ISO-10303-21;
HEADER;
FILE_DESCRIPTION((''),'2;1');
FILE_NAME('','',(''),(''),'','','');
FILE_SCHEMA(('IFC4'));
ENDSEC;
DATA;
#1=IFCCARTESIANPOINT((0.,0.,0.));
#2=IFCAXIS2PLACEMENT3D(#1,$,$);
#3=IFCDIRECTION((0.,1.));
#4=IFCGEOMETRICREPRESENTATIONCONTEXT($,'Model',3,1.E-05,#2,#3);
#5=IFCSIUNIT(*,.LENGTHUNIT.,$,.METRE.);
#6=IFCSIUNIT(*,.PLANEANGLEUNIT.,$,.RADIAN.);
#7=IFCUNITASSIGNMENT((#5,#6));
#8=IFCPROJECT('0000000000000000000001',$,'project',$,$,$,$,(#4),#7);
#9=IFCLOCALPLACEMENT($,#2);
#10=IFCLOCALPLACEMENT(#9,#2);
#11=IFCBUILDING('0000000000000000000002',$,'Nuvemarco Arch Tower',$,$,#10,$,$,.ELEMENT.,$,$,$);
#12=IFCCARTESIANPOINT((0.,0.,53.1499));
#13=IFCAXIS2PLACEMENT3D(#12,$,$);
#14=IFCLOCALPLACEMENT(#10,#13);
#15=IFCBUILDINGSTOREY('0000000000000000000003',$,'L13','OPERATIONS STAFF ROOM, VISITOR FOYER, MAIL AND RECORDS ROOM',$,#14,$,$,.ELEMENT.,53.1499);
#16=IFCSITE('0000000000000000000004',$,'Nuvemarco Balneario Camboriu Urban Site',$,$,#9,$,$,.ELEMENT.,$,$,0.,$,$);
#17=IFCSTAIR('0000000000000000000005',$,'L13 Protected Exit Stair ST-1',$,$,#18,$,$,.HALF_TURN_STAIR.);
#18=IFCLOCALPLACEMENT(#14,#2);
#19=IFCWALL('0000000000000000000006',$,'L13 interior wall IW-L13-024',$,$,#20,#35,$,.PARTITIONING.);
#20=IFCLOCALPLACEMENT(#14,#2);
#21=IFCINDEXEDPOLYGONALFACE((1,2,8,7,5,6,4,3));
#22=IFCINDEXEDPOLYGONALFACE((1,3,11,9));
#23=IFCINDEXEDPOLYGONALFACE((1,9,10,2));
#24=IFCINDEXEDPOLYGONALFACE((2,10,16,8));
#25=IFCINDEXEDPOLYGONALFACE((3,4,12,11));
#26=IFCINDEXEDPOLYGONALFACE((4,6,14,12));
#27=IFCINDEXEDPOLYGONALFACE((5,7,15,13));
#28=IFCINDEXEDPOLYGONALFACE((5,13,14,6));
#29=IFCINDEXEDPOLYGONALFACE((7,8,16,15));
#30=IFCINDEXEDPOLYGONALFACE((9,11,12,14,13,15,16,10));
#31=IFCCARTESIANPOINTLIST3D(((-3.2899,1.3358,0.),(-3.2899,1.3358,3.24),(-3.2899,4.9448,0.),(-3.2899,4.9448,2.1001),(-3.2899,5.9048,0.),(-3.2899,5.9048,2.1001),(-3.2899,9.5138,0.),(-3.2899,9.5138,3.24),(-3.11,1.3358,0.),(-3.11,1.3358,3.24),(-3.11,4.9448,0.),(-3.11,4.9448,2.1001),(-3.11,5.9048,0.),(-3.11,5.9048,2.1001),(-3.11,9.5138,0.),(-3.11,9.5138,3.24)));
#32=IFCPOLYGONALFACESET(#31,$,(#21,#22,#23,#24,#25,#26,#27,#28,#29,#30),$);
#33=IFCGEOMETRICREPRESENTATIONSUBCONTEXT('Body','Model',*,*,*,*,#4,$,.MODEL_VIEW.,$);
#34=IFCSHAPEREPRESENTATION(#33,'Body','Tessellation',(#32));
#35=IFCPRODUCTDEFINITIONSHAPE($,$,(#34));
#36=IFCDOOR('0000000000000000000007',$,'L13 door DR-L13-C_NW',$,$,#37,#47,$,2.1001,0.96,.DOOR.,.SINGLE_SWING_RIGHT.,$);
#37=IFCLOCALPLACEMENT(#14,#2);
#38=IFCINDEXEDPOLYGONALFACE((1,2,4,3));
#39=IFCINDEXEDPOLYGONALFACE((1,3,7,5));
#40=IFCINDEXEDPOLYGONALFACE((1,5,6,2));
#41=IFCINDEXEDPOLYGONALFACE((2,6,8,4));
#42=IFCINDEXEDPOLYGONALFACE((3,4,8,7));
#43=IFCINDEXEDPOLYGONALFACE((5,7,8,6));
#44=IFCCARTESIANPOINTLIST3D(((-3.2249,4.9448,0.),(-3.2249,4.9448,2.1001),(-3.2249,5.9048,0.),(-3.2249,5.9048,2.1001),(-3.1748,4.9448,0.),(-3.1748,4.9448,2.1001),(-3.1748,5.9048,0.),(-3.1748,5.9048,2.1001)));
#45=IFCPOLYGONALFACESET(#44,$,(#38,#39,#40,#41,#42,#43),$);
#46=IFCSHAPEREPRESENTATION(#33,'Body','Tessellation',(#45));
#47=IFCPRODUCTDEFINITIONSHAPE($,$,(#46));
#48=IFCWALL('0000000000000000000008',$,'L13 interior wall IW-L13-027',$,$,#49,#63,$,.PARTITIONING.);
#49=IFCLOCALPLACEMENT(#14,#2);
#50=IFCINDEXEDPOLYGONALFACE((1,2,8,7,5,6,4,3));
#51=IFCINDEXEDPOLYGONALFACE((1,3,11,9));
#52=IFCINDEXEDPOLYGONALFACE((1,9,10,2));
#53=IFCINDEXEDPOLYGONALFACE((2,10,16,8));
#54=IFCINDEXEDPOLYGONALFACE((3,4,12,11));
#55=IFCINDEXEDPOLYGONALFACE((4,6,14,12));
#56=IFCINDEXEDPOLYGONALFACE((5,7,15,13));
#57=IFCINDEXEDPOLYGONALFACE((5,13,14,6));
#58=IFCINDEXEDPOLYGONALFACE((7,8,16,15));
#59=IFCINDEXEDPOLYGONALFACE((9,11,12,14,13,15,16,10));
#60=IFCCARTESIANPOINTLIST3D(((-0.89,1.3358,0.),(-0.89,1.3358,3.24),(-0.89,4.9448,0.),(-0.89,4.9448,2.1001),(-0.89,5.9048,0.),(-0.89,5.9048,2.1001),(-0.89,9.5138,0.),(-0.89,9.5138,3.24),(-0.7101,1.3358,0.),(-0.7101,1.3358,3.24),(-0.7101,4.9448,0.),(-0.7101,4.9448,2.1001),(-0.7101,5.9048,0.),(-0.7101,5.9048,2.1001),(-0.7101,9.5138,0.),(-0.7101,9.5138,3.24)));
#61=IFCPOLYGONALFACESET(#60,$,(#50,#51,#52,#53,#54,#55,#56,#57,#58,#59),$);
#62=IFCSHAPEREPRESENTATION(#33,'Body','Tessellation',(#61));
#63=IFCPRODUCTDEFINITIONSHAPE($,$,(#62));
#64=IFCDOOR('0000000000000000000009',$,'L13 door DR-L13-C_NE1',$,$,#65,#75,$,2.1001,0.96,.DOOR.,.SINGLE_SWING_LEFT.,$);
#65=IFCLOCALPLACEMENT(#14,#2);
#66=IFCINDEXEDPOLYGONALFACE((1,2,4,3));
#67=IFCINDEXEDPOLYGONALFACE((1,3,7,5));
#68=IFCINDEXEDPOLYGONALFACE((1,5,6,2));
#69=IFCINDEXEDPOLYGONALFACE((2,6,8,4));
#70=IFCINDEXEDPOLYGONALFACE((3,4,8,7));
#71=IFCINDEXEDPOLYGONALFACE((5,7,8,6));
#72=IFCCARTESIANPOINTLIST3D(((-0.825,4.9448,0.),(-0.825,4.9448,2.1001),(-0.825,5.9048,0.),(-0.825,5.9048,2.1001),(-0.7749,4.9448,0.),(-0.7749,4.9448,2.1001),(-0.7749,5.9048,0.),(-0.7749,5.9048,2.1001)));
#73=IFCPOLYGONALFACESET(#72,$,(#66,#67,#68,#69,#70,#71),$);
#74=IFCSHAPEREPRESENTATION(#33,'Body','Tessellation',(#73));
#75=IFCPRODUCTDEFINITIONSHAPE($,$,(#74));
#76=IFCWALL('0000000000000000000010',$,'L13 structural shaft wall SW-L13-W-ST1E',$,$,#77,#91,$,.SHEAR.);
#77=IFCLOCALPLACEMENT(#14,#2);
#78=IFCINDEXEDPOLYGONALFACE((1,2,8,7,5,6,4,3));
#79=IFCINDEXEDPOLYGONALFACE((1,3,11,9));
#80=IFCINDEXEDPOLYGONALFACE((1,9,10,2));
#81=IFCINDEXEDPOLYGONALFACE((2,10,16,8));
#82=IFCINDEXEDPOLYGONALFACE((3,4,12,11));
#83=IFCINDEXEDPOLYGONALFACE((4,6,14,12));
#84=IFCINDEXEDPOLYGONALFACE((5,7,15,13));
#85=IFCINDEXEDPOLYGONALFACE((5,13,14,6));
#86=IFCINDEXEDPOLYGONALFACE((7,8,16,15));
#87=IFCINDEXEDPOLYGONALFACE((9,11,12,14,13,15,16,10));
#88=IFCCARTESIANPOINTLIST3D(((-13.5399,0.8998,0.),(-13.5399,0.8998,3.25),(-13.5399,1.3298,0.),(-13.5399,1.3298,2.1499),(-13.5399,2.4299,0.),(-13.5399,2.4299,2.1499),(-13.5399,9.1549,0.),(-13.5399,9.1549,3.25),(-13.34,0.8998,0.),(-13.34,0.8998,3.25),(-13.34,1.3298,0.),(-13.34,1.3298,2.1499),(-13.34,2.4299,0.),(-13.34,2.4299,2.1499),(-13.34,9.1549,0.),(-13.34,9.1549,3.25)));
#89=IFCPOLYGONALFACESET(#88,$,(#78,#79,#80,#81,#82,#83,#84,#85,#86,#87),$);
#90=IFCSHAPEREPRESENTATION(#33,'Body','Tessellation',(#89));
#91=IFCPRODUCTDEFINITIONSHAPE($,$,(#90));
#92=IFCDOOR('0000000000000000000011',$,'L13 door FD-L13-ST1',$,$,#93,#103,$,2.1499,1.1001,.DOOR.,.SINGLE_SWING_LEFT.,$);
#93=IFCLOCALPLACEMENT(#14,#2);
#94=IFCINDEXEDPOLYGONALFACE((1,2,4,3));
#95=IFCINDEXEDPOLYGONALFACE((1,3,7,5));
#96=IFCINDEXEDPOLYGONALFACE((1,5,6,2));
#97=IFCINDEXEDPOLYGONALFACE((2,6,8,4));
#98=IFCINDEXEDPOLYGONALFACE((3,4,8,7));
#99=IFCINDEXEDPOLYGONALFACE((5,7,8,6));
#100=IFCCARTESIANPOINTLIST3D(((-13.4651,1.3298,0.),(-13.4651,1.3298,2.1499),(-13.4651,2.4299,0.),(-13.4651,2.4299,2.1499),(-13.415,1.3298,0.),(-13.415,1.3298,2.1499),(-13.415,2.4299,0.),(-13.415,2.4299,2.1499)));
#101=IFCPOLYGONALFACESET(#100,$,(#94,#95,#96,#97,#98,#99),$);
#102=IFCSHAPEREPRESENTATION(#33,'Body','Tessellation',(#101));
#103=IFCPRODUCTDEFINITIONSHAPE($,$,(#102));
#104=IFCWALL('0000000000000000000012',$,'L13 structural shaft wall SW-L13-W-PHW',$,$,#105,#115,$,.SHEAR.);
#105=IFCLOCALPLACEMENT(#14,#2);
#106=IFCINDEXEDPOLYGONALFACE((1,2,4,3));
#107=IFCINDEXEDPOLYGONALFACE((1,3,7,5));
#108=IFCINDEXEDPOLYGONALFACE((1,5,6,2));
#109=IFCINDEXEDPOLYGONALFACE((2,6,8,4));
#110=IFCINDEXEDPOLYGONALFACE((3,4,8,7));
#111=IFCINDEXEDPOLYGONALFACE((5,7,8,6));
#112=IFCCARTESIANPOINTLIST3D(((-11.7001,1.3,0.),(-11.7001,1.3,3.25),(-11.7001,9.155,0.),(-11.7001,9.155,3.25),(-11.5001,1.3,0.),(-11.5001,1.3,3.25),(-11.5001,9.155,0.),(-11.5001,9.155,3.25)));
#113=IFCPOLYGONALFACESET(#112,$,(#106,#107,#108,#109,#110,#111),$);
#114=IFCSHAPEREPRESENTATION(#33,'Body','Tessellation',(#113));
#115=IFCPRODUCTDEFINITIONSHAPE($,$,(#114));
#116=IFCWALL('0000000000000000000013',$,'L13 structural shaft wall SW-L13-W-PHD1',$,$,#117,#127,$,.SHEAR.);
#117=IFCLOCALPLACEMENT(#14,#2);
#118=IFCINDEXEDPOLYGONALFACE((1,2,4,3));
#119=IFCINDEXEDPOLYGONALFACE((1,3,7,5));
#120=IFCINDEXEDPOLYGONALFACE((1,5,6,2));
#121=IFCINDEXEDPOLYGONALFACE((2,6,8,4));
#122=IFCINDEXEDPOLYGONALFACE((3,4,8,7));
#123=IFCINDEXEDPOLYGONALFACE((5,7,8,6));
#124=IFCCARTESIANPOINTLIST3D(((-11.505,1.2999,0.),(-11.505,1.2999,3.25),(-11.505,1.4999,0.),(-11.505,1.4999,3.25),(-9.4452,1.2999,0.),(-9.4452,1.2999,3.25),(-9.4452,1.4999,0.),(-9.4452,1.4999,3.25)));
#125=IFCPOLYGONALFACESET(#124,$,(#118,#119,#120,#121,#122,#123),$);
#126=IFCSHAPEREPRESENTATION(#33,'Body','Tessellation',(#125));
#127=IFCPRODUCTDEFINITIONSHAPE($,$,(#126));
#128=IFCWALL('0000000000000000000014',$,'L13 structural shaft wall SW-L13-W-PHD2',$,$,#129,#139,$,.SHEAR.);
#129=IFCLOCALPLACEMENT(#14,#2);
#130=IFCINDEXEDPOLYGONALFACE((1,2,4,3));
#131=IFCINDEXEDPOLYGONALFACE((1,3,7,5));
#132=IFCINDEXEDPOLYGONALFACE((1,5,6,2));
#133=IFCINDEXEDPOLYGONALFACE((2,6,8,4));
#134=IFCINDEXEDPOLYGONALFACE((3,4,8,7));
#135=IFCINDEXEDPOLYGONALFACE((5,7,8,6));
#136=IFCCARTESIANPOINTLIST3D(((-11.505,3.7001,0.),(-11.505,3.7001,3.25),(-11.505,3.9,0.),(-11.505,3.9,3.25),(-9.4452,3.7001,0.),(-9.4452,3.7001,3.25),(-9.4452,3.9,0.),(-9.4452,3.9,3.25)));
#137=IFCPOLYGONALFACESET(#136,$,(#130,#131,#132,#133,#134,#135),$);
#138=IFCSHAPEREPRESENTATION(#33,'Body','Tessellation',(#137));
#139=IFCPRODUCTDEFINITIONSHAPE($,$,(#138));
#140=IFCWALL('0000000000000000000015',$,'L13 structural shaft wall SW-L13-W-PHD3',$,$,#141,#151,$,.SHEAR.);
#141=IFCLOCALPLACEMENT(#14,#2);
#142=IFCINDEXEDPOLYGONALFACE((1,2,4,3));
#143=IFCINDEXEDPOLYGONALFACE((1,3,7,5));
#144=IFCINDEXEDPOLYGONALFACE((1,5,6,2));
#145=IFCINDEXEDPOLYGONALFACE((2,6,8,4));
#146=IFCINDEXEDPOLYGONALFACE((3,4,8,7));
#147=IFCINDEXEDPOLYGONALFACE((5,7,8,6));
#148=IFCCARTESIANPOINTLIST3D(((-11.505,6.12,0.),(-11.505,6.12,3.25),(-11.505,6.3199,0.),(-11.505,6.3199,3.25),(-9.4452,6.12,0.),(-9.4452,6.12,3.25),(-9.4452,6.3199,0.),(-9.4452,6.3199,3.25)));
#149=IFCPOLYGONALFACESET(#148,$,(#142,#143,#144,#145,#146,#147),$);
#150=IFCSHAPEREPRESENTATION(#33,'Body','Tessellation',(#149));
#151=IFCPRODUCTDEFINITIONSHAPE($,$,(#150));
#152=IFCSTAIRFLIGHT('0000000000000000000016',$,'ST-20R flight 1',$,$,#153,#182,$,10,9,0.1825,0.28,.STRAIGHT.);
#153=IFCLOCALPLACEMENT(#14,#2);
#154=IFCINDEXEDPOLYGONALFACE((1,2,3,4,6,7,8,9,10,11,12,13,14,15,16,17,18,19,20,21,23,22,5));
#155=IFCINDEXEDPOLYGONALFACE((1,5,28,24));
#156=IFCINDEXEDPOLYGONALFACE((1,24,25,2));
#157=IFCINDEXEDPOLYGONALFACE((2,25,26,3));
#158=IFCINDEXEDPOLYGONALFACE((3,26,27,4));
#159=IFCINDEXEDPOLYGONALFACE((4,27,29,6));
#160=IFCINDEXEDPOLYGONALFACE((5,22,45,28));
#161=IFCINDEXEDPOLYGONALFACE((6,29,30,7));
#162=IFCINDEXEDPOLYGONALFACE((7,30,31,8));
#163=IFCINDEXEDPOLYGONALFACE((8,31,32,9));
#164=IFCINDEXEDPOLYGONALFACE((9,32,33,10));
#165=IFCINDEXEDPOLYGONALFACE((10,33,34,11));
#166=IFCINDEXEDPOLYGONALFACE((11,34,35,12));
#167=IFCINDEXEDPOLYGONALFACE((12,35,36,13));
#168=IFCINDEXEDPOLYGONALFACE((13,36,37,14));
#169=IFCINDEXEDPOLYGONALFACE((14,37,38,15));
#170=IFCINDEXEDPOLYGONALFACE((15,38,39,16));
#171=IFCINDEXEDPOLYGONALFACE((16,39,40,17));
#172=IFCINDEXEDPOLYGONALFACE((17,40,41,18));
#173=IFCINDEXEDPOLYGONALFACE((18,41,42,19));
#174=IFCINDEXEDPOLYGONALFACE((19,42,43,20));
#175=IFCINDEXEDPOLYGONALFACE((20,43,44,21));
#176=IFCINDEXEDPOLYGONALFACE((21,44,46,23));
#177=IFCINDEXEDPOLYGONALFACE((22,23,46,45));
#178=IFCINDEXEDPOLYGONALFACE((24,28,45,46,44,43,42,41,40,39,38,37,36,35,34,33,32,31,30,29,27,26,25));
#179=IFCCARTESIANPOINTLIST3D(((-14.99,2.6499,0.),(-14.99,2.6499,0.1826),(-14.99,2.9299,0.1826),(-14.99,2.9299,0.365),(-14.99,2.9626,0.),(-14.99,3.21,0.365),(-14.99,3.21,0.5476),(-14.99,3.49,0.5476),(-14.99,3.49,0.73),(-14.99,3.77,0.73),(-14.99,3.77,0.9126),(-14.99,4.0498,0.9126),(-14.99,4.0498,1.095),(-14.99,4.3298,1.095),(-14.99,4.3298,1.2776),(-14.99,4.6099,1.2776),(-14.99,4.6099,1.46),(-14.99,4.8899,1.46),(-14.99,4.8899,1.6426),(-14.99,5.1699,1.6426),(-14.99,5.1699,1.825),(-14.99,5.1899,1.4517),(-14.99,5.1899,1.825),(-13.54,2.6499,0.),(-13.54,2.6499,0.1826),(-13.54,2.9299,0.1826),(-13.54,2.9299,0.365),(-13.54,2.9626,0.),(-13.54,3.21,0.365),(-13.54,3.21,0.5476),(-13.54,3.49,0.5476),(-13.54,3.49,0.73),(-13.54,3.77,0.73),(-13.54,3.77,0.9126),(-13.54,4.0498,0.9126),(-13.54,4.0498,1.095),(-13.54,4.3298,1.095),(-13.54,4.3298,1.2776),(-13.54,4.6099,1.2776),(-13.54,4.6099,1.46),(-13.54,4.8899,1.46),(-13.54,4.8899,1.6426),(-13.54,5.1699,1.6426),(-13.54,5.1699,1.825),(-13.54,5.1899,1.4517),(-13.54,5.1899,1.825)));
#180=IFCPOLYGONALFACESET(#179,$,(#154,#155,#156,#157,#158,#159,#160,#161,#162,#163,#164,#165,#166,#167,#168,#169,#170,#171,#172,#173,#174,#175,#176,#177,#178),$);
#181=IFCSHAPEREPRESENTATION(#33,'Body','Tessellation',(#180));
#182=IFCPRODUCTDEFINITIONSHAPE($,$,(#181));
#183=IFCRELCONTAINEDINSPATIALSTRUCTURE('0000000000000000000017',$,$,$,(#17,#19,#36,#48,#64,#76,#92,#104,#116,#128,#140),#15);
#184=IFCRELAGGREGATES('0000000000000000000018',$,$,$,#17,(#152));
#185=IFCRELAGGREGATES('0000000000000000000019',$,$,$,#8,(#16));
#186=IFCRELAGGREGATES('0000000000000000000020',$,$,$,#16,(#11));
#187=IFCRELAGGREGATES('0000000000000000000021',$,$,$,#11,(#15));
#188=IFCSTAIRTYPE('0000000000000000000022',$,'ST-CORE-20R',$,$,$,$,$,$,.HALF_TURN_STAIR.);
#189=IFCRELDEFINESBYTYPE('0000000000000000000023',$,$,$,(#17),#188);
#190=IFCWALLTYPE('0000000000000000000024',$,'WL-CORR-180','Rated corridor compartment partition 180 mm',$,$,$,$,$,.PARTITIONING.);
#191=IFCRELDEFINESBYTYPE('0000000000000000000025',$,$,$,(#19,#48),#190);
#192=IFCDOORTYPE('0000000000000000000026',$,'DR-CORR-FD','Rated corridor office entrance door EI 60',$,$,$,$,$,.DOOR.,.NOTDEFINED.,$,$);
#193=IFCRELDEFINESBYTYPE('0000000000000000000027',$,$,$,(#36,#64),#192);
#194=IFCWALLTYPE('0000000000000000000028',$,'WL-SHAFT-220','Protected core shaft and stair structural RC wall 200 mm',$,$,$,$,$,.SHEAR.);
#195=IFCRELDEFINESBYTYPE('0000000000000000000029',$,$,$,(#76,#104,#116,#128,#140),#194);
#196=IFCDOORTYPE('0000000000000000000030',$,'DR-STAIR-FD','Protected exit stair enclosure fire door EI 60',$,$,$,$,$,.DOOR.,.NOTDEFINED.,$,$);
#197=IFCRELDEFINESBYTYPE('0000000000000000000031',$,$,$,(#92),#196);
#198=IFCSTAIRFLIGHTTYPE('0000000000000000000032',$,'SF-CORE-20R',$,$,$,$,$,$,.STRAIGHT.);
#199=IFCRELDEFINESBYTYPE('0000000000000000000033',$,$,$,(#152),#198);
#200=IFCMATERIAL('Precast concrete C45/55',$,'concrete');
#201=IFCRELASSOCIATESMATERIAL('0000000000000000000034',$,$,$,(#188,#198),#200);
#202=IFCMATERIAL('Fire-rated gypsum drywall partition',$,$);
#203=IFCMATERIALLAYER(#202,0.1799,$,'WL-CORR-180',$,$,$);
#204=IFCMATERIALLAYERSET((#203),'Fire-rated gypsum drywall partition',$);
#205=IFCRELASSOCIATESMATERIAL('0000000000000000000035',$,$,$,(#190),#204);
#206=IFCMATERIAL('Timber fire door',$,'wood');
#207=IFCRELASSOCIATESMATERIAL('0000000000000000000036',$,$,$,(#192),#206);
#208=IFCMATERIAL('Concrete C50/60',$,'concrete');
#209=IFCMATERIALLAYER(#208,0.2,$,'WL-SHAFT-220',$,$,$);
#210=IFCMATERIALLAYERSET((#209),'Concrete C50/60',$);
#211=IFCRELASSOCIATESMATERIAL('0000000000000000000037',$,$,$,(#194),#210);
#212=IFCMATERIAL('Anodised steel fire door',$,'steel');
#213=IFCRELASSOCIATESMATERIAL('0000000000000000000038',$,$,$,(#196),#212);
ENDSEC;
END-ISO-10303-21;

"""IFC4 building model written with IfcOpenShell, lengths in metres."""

from ifc_helpers import new_model, si_unit, direction, frame, frame_2d, origin, place, context, subcontext, project, spatial, polyline, rectangle, outline, extrude, source, transform, mapped, material, layer, layer_set, type_object, type_shapes, element, fill, aggregate, save


model = new_model("IFC4")

# Units and contexts
model_context = context("Model", 3, precision=1e-05, world=origin(), true_north=direction((0.0, 1.0)))
body_context = subcontext(model_context, "Body", "Model", "MODEL_VIEW")
ifc_project = project(units=[si_unit("LENGTHUNIT", "METRE"), si_unit("PLANEANGLEUNIT", "RADIAN")], contexts=[model_context])

# Site, building, storey
site_placement = place(None, origin())
site = spatial("IfcSite", under=ifc_project, at=site_placement, Name="Nuvemarco Balneario Camboriu Urban Site", CompositionType="ELEMENT", RefElevation=0.0)
building_placement = place(site_placement, origin())
building = spatial("IfcBuilding", under=site, at=building_placement, Name="Nuvemarco Arch Tower", CompositionType="ELEMENT")
storey_placement = place(building_placement, frame((0.0, 0.0, 53.1499)))
storey = spatial("IfcBuildingStorey", under=building, at=storey_placement, Name="L13", Description="OPERATIONS STAFF ROOM, VISITOR FOYER, MAIL AND RECORDS ROOM", CompositionType="ELEMENT", Elevation=53.1499)

# Stair
ifc_material_1 = material(Name="Precast concrete C45/55", Category="concrete")
stair_type = type_object("IfcStairType", Name="ST-CORE-20R", PredefinedType="HALF_TURN_STAIR", material=ifc_material_1)
stair_1_placement = place(storey_placement, origin())
stair_1 = element("IfcStair", 1, at=stair_1_placement, inside=storey, type_object=stair_type, Name="L13 Protected Exit Stair ST-1", PredefinedType="HALF_TURN_STAIR")

# Shared definitions
ifc_material_2 = material(Name="Fire-rated gypsum drywall partition")
ifc_layer_1 = layer(ifc_material_2, 0.1799, Name="WL-CORR-180")
ifc_layer_set_1 = layer_set([ifc_layer_1], Name="Fire-rated gypsum drywall partition")
wall_type_1 = type_object("IfcWallType", Name="WL-CORR-180", Description="Rated corridor compartment partition 180 mm", PredefinedType="PARTITIONING", material=ifc_layer_set_1)

# Walls, openings, doors
ifc_material_3 = material(Name="Timber fire door", Category="wood")
door_type_1 = type_object("IfcDoorType", Name="DR-CORR-FD", Description="Rated corridor office entrance door EI 60", OperationType="NOTDEFINED", PredefinedType="DOOR", material=ifc_material_3)
shared_shape_1 = source(origin(), body_context, "Body", "SweptSolid", [
    extrude(rectangle(XDim=0.96, YDim=2.1001, at=frame_2d((0.48, 1.05))), frame((0.0, 0.0249, 0.0), z_axis=(0.0, -1.0, 0.0), x_axis=(1.0, 0.0, 0.0)), (0.0, 0.0, 1.0), 0.05),
])
type_shapes(door_type_1, [shared_shape_1])
wall_1_placement = place(storey_placement, frame((-3.2, 1.3359, 0.0), z_axis=(0.0, 0.0, 1.0), x_axis=(0.0, 1.0, 0.0)))
wall_1 = element("IfcWall", 2, at=wall_1_placement, inside=storey, type_object=wall_type_1, Name="L13 interior wall IW-L13-024", PredefinedType="PARTITIONING", context=body_context, shape_type="SweptSolid", body=[
    extrude(rectangle(XDim=8.178, YDim=0.1799, at=frame_2d((4.0889, 0.0))), origin(), (0.0, 0.0, 1.0), 3.24),
])
opening_1_placement = place(wall_1_placement, frame((3.6089, 0.0, 0.0)))
opening_1 = element("IfcOpeningElement", 3, at=opening_1_placement, cuts=wall_1, PredefinedType="OPENING", context=body_context, shape_type="SweptSolid", body=[
    extrude(rectangle(XDim=0.96, YDim=2.1001, at=frame_2d((0.48, 1.05))), frame((0.0, 0.0999, 0.0), z_axis=(0.0, -1.0, 0.0), x_axis=(1.0, 0.0, 0.0)), (0.0, 0.0, 1.0), 0.2),
])
door_1_placement = place(opening_1_placement, origin())
door_1 = element("IfcDoor", 4, at=door_1_placement, inside=storey, type_object=door_type_1, Name="L13 door DR-L13-C_NW", OperationType="SINGLE_SWING_RIGHT", OverallHeight=2.1001, OverallWidth=0.96, PredefinedType="DOOR", context=body_context, shape_type="MappedRepresentation", body=[
    mapped(shared_shape_1, transform((0.0, 0.0, 0.0), scale=1.0)),
])
fill(opening_1, door_1)
wall_2_placement = place(storey_placement, frame((-0.8, 1.3359, 0.0), z_axis=(0.0, 0.0, 1.0), x_axis=(0.0, 1.0, 0.0)))
wall_2 = element("IfcWall", 5, at=wall_2_placement, inside=storey, type_object=wall_type_1, Name="L13 interior wall IW-L13-027", PredefinedType="PARTITIONING", context=body_context, shape_type="SweptSolid", body=[
    extrude(rectangle(XDim=8.178, YDim=0.1799, at=frame_2d((4.0889, 0.0))), origin(), (0.0, 0.0, 1.0), 3.24),
])
opening_2_placement = place(wall_2_placement, frame((3.6089, 0.0, 0.0)))
opening_2 = element("IfcOpeningElement", 6, at=opening_2_placement, cuts=wall_2, PredefinedType="OPENING", context=body_context, shape_type="SweptSolid", body=[
    extrude(rectangle(XDim=0.96, YDim=2.1001, at=frame_2d((0.48, 1.05))), frame((0.0, 0.0999, 0.0), z_axis=(0.0, -1.0, 0.0), x_axis=(1.0, 0.0, 0.0)), (0.0, 0.0, 1.0), 0.2),
])
door_2_placement = place(opening_2_placement, origin())
door_2 = element("IfcDoor", 7, at=door_2_placement, inside=storey, type_object=door_type_1, Name="L13 door DR-L13-C_NE1", OperationType="SINGLE_SWING_LEFT", OverallHeight=2.1001, OverallWidth=0.96, PredefinedType="DOOR", context=body_context, shape_type="MappedRepresentation", body=[
    mapped(shared_shape_1, transform((0.0, 0.0, 0.0), scale=1.0)),
])
fill(opening_2, door_2)
ifc_material_4 = material(Name="Concrete C50/60", Category="concrete")
ifc_layer_2 = layer(ifc_material_4, 0.2, Name="WL-SHAFT-220")
ifc_layer_set_2 = layer_set([ifc_layer_2], Name="Concrete C50/60")
wall_type_2 = type_object("IfcWallType", Name="WL-SHAFT-220", Description="Protected core shaft and stair structural RC wall 200 mm", PredefinedType="SHEAR", material=ifc_layer_set_2)
wall_3_placement = place(storey_placement, frame((-13.4399, 0.8999, 0.0), z_axis=(0.0, 0.0, 1.0), x_axis=(0.0, 1.0, 0.0)))
wall_3 = element("IfcWall", 8, at=wall_3_placement, inside=storey, type_object=wall_type_2, Name="L13 structural shaft wall SW-L13-W-ST1E", PredefinedType="SHEAR", context=body_context, shape_type="SweptSolid", body=[
    extrude(rectangle(XDim=8.2551, YDim=0.2, at=frame_2d((4.1274, 0.0))), origin(), (0.0, 0.0, 1.0), 3.25),
])
opening_3_placement = place(wall_3_placement, frame((1.53, 0.0, 0.0), z_axis=(0.0, 0.0, 1.0), x_axis=(-1.0, 0.0, 0.0)))
opening_3 = element("IfcOpeningElement", 9, at=opening_3_placement, cuts=wall_3, PredefinedType="OPENING", context=body_context, shape_type="SweptSolid", body=[
    extrude(rectangle(XDim=1.1001, YDim=2.1499, at=frame_2d((0.55, 1.075))), frame((0.0, 0.1099, 0.0), z_axis=(0.0, -1.0, 0.0), x_axis=(1.0, 0.0, 0.0)), (0.0, 0.0, 1.0), 0.22),
])
ifc_material_5 = material(Name="Anodised steel fire door", Category="steel")
door_type_2 = type_object("IfcDoorType", Name="DR-STAIR-FD", Description="Protected exit stair enclosure fire door EI 60", OperationType="NOTDEFINED", PredefinedType="DOOR", material=ifc_material_5)
shared_shape_2 = source(origin(), body_context, "Body", "SweptSolid", [
    extrude(rectangle(XDim=1.1001, YDim=2.1499, at=frame_2d((0.55, 1.075))), frame((0.0, 0.0249, 0.0), z_axis=(0.0, -1.0, 0.0), x_axis=(1.0, 0.0, 0.0)), (0.0, 0.0, 1.0), 0.05),
])
type_shapes(door_type_2, [shared_shape_2])
door_3_placement = place(opening_3_placement, origin())
door_3 = element("IfcDoor", 10, at=door_3_placement, inside=storey, type_object=door_type_2, Name="L13 door FD-L13-ST1", OperationType="SINGLE_SWING_LEFT", OverallHeight=2.1499, OverallWidth=1.1001, PredefinedType="DOOR", context=body_context, shape_type="MappedRepresentation", body=[
    mapped(shared_shape_2, transform((0.0, 0.0, 0.0), scale=1.0)),
])
fill(opening_3, door_3)

# Walls
wall_4_placement = place(storey_placement, frame((-11.6001, 1.3, 0.0), z_axis=(0.0, 0.0, 1.0), x_axis=(0.0, 1.0, 0.0)))
element("IfcWall", 11, at=wall_4_placement, inside=storey, type_object=wall_type_2, Name="L13 structural shaft wall SW-L13-W-PHW", PredefinedType="SHEAR", context=body_context, shape_type="SweptSolid", body=[
    extrude(rectangle(XDim=7.855, YDim=0.2, at=frame_2d((3.9275, 0.0))), origin(), (0.0, 0.0, 1.0), 3.25),
])
for number, where, z_axis, x_axis, name in (
    (12, (-11.5049, 1.3999, 0.0), (0.0, 0.0, 1.0), (1.0, 0.0, 0.0), "L13 structural shaft wall SW-L13-W-PHD1"),
    (13, (-11.5049, 3.8, 0.0), (0.0, 0.0, 1.0), (1.0, 0.0, 0.0), "L13 structural shaft wall SW-L13-W-PHD2"),
    (14, (-11.5049, 6.22, 0.0), (0.0, 0.0, 1.0), (1.0, 0.0, 0.0), "L13 structural shaft wall SW-L13-W-PHD3"),
):
    element("IfcWall", number, at=place(storey_placement, frame(where, z_axis=z_axis, x_axis=x_axis)), inside=storey, type_object=wall_type_2, Name=name, PredefinedType="SHEAR", context=body_context, shape_type="SweptSolid", body=[
        extrude(rectangle(XDim=2.0598, YDim=0.2, at=frame_2d((1.0298, 0.0))), origin(), (0.0, 0.0, 1.0), 3.25),
    ])

# Stair flight
stair_flight_type = type_object("IfcStairFlightType", Name="SF-CORE-20R", PredefinedType="STRAIGHT", material=ifc_material_1)
stair_flight_placement = place(storey_placement, frame((-14.2649, 2.6499, 0.0), z_axis=(0.0, 0.0, 1.0), x_axis=(0.0, 1.0, 0.0)))
stair_flight = element("IfcStairFlight", 15, at=stair_flight_placement, type_object=stair_flight_type, Name="ST-20R flight 1", NumberOfRisers=10, NumberOfTreads=9, PredefinedType="STRAIGHT", RiserHeight=0.1825, TreadLength=0.28, context=body_context, shape_type="SweptSolid", body=[
    extrude(outline(polyline([(0.0, 0.0), (0.0, 0.1826), (0.28, 0.1826), (0.28, 0.365), (0.5601, 0.365), (0.5601, 0.5476), (0.8401, 0.5476), (0.8401, 0.73), (1.1201, 0.73), (1.1201, 0.9126), (1.3999, 0.9126), (1.3999, 1.095), (1.6799, 1.095), (1.6799, 1.2776), (1.96, 1.2776), (1.96, 1.46), (2.24, 1.46), (2.24, 1.6426), (2.52, 1.6426), (2.52, 1.825), (2.54, 1.825), (2.54, 1.4517), (0.3127, 0.0), (0.0, 0.0)])), frame((0.0, 0.7251, 0.0), z_axis=(0.0, -1.0, 0.0), x_axis=(1.0, 0.0, 0.0)), (0.0, 0.0, 1.0), 1.45),
])
aggregate(stair_1, [stair_flight])

save(model, "model.ifc")
